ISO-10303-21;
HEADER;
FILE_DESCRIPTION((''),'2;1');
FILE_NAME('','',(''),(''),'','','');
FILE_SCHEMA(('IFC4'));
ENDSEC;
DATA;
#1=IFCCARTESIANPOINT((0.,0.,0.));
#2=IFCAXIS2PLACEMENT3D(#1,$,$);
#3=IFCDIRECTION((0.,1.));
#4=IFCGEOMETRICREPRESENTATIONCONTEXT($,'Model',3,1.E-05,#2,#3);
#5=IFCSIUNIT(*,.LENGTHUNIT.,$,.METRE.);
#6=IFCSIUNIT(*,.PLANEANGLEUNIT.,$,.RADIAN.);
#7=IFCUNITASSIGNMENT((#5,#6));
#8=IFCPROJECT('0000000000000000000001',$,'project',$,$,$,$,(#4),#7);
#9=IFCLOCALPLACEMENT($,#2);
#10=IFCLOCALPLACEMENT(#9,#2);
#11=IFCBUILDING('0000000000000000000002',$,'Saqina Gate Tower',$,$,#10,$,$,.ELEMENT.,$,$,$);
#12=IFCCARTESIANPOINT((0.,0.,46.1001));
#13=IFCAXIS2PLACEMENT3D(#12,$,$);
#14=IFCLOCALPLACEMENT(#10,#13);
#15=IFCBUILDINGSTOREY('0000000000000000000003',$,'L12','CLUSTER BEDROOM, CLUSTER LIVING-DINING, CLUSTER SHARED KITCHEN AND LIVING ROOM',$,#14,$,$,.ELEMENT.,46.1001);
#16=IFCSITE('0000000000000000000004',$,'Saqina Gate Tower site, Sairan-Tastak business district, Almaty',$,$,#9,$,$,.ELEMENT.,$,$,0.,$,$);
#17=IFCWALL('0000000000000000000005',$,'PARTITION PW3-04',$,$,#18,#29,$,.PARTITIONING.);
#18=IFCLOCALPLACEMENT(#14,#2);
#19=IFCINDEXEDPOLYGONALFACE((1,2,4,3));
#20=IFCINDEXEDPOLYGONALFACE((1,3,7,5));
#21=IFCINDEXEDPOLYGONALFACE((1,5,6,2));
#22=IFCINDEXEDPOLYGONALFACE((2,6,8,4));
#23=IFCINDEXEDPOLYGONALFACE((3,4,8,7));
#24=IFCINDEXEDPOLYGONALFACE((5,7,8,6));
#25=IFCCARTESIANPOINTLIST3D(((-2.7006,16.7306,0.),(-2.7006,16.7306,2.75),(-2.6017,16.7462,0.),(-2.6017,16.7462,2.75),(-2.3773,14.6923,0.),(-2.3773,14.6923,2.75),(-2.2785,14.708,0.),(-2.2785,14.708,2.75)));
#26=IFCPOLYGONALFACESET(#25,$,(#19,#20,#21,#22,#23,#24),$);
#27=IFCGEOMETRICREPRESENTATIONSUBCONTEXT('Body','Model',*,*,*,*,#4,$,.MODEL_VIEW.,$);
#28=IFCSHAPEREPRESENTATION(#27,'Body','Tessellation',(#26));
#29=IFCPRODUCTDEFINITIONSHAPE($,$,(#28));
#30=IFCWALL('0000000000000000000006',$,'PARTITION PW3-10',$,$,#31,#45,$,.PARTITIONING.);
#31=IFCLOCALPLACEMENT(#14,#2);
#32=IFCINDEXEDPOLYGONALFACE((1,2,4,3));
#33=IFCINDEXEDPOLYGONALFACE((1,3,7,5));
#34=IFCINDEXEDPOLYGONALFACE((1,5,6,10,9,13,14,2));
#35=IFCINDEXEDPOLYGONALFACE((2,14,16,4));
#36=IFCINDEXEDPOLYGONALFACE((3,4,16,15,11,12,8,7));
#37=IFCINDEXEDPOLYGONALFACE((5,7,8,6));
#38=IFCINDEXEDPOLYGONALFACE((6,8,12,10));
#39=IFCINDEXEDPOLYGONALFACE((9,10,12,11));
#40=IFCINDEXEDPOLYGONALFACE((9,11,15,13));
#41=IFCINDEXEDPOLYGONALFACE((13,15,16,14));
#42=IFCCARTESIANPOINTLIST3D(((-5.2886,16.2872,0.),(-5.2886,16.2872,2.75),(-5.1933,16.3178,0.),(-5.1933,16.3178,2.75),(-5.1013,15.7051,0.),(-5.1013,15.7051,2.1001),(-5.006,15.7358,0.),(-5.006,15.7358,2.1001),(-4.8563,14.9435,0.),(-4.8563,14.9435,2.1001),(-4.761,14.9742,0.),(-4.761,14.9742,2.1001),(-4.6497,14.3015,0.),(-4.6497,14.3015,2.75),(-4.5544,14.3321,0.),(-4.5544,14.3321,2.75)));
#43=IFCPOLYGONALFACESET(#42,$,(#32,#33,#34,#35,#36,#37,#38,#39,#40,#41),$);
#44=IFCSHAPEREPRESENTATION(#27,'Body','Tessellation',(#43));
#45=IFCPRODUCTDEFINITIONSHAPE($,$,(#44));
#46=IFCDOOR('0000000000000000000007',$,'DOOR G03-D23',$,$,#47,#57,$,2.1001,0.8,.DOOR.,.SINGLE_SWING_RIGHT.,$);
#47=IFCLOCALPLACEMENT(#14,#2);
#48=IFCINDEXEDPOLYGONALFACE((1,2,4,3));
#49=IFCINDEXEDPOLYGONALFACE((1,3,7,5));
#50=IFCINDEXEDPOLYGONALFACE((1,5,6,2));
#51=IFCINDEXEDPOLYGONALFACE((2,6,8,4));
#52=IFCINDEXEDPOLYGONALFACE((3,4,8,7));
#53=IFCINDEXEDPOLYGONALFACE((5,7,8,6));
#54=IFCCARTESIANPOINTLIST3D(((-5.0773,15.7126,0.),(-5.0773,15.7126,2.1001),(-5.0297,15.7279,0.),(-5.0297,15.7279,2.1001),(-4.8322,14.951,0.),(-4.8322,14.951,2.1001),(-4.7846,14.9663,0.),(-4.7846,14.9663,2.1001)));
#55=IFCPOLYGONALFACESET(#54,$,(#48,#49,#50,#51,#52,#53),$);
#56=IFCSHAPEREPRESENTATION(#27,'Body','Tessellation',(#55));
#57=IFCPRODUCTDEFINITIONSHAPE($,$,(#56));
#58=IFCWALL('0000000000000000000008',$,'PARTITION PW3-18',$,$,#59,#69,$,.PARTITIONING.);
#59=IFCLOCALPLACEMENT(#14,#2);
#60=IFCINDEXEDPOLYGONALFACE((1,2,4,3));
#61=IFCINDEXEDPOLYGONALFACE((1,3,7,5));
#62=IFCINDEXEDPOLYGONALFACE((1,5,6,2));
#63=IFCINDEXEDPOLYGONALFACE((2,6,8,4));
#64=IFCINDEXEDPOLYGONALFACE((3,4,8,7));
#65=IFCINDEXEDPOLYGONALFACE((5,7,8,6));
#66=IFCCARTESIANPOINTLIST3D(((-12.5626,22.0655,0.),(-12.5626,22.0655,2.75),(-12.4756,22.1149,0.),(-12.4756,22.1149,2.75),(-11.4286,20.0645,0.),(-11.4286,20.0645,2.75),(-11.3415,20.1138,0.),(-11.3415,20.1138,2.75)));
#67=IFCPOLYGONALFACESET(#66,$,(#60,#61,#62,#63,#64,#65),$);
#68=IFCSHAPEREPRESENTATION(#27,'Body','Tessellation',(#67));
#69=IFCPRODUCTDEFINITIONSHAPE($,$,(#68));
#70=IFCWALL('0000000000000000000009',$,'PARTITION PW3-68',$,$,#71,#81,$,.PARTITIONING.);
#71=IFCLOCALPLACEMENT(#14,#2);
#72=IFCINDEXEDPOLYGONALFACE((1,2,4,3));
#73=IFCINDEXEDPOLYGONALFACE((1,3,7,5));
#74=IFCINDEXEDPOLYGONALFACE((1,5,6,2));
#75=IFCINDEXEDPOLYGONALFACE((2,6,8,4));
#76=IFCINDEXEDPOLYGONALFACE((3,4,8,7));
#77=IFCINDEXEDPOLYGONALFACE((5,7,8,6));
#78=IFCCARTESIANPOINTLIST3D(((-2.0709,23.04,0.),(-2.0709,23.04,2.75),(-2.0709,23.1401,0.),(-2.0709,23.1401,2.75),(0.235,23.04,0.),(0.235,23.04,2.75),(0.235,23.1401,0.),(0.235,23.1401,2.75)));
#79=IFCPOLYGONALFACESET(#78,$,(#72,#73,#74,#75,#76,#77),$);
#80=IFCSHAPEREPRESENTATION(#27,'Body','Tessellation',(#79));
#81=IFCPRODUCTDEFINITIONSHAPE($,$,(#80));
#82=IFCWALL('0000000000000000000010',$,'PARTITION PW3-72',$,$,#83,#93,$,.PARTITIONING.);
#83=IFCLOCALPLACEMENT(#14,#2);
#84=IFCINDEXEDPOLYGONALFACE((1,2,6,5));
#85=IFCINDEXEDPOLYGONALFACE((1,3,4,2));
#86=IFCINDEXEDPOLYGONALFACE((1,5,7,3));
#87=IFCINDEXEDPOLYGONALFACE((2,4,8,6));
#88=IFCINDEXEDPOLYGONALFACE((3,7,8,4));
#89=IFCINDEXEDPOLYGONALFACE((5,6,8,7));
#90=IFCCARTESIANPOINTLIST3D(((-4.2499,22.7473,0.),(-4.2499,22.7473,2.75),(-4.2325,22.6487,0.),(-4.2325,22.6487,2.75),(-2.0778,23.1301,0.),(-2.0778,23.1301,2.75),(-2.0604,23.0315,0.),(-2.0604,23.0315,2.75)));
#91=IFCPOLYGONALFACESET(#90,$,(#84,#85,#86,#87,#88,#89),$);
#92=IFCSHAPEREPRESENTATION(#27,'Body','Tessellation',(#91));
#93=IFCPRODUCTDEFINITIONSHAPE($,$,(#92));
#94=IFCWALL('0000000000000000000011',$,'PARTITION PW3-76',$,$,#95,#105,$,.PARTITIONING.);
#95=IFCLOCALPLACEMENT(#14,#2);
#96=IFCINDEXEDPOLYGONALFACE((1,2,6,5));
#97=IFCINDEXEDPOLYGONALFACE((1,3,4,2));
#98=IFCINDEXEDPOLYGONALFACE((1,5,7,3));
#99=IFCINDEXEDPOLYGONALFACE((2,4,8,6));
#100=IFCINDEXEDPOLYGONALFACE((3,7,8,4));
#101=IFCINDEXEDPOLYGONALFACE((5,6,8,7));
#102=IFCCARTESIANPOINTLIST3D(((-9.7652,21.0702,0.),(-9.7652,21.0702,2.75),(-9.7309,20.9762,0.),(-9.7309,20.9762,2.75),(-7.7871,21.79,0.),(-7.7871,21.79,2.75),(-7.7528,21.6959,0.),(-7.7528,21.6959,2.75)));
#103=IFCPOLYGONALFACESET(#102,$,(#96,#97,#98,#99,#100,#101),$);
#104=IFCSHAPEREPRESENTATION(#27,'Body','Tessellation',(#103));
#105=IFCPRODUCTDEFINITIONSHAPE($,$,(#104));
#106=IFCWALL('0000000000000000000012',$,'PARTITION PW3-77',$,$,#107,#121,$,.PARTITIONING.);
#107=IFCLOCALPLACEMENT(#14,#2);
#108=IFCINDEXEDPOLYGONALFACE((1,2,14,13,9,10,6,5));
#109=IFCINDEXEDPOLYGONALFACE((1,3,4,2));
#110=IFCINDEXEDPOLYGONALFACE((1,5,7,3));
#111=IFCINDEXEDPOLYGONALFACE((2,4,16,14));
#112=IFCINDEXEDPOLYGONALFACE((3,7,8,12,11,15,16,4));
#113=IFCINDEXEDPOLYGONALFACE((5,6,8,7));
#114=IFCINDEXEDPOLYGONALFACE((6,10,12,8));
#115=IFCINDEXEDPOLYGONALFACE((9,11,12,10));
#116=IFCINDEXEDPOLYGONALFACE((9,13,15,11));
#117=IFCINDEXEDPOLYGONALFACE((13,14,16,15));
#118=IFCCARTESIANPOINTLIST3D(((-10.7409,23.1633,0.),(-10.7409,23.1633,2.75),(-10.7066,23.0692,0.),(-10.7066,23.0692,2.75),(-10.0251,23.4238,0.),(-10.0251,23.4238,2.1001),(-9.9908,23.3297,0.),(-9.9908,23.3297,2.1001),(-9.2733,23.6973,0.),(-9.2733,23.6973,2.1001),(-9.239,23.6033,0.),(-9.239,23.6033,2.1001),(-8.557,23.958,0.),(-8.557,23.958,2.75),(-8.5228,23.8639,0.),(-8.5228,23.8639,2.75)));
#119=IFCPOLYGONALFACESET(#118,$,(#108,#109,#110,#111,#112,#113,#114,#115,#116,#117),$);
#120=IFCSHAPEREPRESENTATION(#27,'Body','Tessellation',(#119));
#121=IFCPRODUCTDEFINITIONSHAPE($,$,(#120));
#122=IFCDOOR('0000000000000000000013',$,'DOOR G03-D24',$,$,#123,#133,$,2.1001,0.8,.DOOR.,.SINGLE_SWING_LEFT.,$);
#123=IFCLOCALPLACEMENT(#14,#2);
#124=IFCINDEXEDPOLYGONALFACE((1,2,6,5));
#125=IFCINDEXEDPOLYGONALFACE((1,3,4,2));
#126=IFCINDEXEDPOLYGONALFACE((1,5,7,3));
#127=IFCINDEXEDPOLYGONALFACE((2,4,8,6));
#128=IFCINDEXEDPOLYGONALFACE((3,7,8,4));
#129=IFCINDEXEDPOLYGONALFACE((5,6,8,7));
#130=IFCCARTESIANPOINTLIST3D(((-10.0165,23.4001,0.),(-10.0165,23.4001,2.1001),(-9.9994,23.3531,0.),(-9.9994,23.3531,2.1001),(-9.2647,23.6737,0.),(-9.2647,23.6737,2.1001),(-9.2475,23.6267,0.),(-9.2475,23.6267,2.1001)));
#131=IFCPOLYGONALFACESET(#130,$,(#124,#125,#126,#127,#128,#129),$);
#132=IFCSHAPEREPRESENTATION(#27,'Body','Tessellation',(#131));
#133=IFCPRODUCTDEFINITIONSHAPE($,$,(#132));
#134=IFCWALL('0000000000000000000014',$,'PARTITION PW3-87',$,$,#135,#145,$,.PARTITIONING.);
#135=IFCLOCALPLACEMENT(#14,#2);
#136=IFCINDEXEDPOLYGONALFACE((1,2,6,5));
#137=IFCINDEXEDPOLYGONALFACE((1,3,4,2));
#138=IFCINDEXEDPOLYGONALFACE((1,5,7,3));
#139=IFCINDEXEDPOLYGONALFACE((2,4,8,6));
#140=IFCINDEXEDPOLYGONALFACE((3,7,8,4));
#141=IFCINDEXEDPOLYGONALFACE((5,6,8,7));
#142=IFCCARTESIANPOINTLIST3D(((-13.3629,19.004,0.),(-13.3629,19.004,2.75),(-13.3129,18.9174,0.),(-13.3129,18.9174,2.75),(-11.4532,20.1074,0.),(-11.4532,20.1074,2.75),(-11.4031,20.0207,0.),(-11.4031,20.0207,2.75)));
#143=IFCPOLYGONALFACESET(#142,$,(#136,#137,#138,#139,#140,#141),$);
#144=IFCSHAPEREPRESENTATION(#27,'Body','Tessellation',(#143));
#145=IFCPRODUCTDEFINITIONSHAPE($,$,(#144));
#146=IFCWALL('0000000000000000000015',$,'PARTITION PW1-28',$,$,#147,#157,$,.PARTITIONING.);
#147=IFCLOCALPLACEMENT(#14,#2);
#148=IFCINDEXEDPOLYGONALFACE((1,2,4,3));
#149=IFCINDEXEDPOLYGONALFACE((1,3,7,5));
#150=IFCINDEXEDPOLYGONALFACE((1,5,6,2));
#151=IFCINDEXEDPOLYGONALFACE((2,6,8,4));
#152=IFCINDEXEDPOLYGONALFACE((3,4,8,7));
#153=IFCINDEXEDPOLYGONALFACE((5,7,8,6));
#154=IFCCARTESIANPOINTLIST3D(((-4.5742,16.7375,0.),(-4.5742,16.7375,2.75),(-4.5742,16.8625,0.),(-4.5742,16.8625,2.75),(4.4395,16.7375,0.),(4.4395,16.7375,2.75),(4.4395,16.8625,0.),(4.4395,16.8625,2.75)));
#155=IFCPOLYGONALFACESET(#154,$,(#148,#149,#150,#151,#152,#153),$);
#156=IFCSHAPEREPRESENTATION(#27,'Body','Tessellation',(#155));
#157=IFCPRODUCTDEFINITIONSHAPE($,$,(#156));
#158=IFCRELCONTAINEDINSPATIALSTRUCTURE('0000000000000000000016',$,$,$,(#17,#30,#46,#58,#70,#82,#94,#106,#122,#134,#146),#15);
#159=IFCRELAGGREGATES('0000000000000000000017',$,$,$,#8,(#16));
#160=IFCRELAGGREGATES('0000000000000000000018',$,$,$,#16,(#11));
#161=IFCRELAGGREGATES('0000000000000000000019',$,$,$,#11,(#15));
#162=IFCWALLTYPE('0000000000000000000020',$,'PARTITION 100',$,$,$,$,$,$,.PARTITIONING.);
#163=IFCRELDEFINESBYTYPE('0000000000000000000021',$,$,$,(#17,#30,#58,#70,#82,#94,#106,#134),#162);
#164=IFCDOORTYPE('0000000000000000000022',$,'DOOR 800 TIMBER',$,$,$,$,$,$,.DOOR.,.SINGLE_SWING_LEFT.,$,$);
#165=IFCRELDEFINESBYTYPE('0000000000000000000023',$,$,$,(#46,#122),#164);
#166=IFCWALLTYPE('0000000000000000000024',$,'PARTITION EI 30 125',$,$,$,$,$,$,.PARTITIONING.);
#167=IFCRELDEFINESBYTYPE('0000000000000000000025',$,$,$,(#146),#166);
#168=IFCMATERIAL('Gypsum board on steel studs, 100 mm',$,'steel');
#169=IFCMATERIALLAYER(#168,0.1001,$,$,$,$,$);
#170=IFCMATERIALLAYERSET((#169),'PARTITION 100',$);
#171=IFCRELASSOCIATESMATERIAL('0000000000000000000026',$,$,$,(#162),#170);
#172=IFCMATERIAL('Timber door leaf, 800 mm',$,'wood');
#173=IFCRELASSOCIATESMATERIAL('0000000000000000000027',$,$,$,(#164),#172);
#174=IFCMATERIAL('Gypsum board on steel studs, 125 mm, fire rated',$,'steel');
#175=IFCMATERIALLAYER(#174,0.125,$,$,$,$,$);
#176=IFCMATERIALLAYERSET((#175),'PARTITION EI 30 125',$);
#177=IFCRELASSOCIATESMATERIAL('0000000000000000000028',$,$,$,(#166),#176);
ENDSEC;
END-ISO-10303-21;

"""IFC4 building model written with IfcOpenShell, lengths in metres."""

from ifc_helpers import new_model, si_unit, direction, frame, frame_2d, origin, place, context, subcontext, project, spatial, rectangle, extrude, material, layer, layer_set, type_object, element, fill, save


model = new_model("IFC4")

# Units and contexts
model_context = context("Model", 3, precision=1e-05, world=origin(), true_north=direction((0.0, 1.0)))
body_context = subcontext(model_context, "Body", "Model", "MODEL_VIEW")
ifc_project = project(units=[si_unit("LENGTHUNIT", "METRE"), si_unit("PLANEANGLEUNIT", "RADIAN")], contexts=[model_context])

# Site, building, storey
site_placement = place(None, origin())
site = spatial("IfcSite", under=ifc_project, at=site_placement, Name="Saqina Gate Tower site, Sairan-Tastak business district, Almaty", CompositionType="ELEMENT", RefElevation=0.0)
building_placement = place(site_placement, origin())
building = spatial("IfcBuilding", under=site, at=building_placement, Name="Saqina Gate Tower", CompositionType="ELEMENT")
storey_placement = place(building_placement, frame((0.0, 0.0, 46.1001)))
storey = spatial("IfcBuildingStorey", under=building, at=storey_placement, Name="L12", Description="CLUSTER BEDROOM, CLUSTER LIVING-DINING, CLUSTER SHARED KITCHEN AND LIVING ROOM", CompositionType="ELEMENT", Elevation=46.1001)

# Wall
ifc_material_1 = material(Name="Gypsum board on steel studs, 100 mm", Category="steel")
ifc_layer_1 = layer(ifc_material_1, 0.1001)
ifc_layer_set_1 = layer_set([ifc_layer_1], Name="PARTITION 100")
wall_type_1 = type_object("IfcWallType", Name="PARTITION 100", PredefinedType="PARTITIONING", material=ifc_layer_set_1)
wall_1_placement = place(storey_placement, frame((-2.6511, 16.7383, 0.0), z_axis=(0.0, 0.0, 1.0), x_axis=(0.156625, -0.987658, 0.0)))
element("IfcWall", 1, at=wall_1_placement, inside=storey, type_object=wall_type_1, Name="PARTITION PW3-04", PredefinedType="PARTITIONING", context=body_context, shape_type="SweptSolid", body=[
    extrude(rectangle(XDim=2.0637, YDim=0.1001, at=frame_2d((1.0317, 0.0))), origin(), (0.0, 0.0, 1.0), 2.75),
])

# Wall, opening, door
wall_2_placement = place(storey_placement, frame((-5.241, 16.3025, 0.0), z_axis=(0.0, 0.0, 1.0), x_axis=(0.306308, -0.951932, 0.0)))
wall_2 = element("IfcWall", 2, at=wall_2_placement, inside=storey, type_object=wall_type_1, Name="PARTITION PW3-10", PredefinedType="PARTITIONING", context=body_context, shape_type="SweptSolid", body=[
    extrude(rectangle(XDim=2.0859, YDim=0.1001, at=frame_2d((1.043, 0.0))), origin(), (0.0, 0.0, 1.0), 2.75),
])
opening_1_placement = place(wall_2_placement, frame((0.6116, 0.0, 0.0)))
opening_1 = element("IfcOpeningElement", 3, at=opening_1_placement, cuts=wall_2, PredefinedType="OPENING", context=body_context, shape_type="SweptSolid", body=[
    extrude(rectangle(XDim=0.8, YDim=2.1001, at=frame_2d((0.3999, 1.05))), frame((0.0, 0.062, 0.0), z_axis=(0.0, -1.0, 0.0), x_axis=(1.0, 0.0, 0.0)), (0.0, 0.0, 1.0), 0.124),
])
ifc_material_2 = material(Name="Timber door leaf, 800 mm", Category="wood")
door_type_1 = type_object("IfcDoorType", Name="DOOR 800 TIMBER", OperationType="SINGLE_SWING_LEFT", PredefinedType="DOOR", material=ifc_material_2)
door_1_placement = place(opening_1_placement, frame((0.8, 0.0, 0.0), z_axis=(0.0, 0.0, 1.0), x_axis=(-1.0, 0.0, 0.0)))
door_1 = element("IfcDoor", 4, at=door_1_placement, inside=storey, type_object=door_type_1, Name="DOOR G03-D23", OperationType="SINGLE_SWING_RIGHT", OverallHeight=2.1001, OverallWidth=0.8, PredefinedType="DOOR", context=body_context, shape_type="SweptSolid", body=[
    extrude(rectangle(XDim=0.8, YDim=2.1001, at=frame_2d((0.3999, 1.05))), frame((0.0, 0.0249, 0.0), z_axis=(0.0, -1.0, 0.0), x_axis=(1.0, 0.0, 0.0)), (0.0, 0.0, 1.0), 0.05),
])
fill(opening_1, door_1)

# Walls
wall_3_placement = place(storey_placement, frame((-12.519, 22.0901, 0.0), z_axis=(0.0, 0.0, 1.0), x_axis=(0.493061, -0.869995, 0.0)))
element("IfcWall", 5, at=wall_3_placement, inside=storey, type_object=wall_type_1, Name="PARTITION PW3-18", PredefinedType="PARTITIONING", context=body_context, shape_type="SweptSolid", body=[
    extrude(rectangle(XDim=2.3, YDim=0.1001, at=frame_2d((1.1499, 0.0))), origin(), (0.0, 0.0, 1.0), 2.75),
])
wall_4_placement = place(storey_placement, frame((-2.0708, 23.0901, 0.0), z_axis=(0.0, 0.0, 1.0), x_axis=(1.0, 0.0, 0.0)))
element("IfcWall", 6, at=wall_4_placement, inside=storey, type_object=wall_type_1, Name="PARTITION PW3-68", PredefinedType="PARTITIONING", context=body_context, shape_type="SweptSolid", body=[
    extrude(rectangle(XDim=2.3059, YDim=0.1001, at=frame_2d((1.1528, 0.0))), origin(), (0.0, 0.0, 1.0), 2.75),
])
wall_5_placement = place(storey_placement, frame((-4.2412, 22.698, 0.0), z_axis=(0.0, 0.0, 1.0), x_axis=(0.984823, 0.173564, 0.0)))
element("IfcWall", 7, at=wall_5_placement, inside=storey, type_object=wall_type_1, Name="PARTITION PW3-72", PredefinedType="PARTITIONING", context=body_context, shape_type="SweptSolid", body=[
    extrude(rectangle(XDim=2.2056, YDim=0.1001, at=frame_2d((1.1028, 0.0))), origin(), (0.0, 0.0, 1.0), 2.75),
])
wall_6_placement = place(storey_placement, frame((-9.748, 21.0232, 0.0), z_axis=(0.0, 0.0, 1.0), x_axis=(0.939726, 0.341929, 0.0)))
element("IfcWall", 8, at=wall_6_placement, inside=storey, type_object=wall_type_1, Name="PARTITION PW3-76", PredefinedType="PARTITIONING", context=body_context, shape_type="SweptSolid", body=[
    extrude(rectangle(XDim=2.105, YDim=0.1001, at=frame_2d((1.0525, 0.0))), origin(), (0.0, 0.0, 1.0), 2.75),
])

# Wall, opening, door
wall_7_placement = place(storey_placement, frame((-10.7239, 23.1162, 0.0), z_axis=(0.0, 0.0, 1.0), x_axis=(0.939717, 0.341954, 0.0)))
wall_7 = element("IfcWall", 9, at=wall_7_placement, inside=storey, type_object=wall_type_1, Name="PARTITION PW3-77", PredefinedType="PARTITIONING", context=body_context, shape_type="SweptSolid", body=[
    extrude(rectangle(XDim=2.324, YDim=0.1001, at=frame_2d((1.1621, 0.0))), origin(), (0.0, 0.0, 1.0), 2.75),
])
opening_2_placement = place(wall_7_placement, frame((0.762, 0.0, 0.0)))
opening_2 = element("IfcOpeningElement", 10, at=opening_2_placement, cuts=wall_7, PredefinedType="OPENING", context=body_context, shape_type="SweptSolid", body=[
    extrude(rectangle(XDim=0.8, YDim=2.1001, at=frame_2d((0.3999, 1.05))), frame((0.0, 0.062, 0.0), z_axis=(0.0, -1.0, 0.0), x_axis=(1.0, 0.0, 0.0)), (0.0, 0.0, 1.0), 0.124),
])
door_2_placement = place(opening_2_placement, origin())
door_2 = element("IfcDoor", 11, at=door_2_placement, inside=storey, type_object=door_type_1, Name="DOOR G03-D24", OperationType="SINGLE_SWING_LEFT", OverallHeight=2.1001, OverallWidth=0.8, PredefinedType="DOOR", context=body_context, shape_type="SweptSolid", body=[
    extrude(rectangle(XDim=0.8, YDim=2.1001, at=frame_2d((0.3999, 1.05))), frame((0.0, 0.0249, 0.0), z_axis=(0.0, -1.0, 0.0), x_axis=(1.0, 0.0, 0.0)), (0.0, 0.0, 1.0), 0.05),
])
fill(opening_2, door_2)

# Walls
wall_8_placement = place(storey_placement, frame((-13.3379, 18.9607, 0.0), z_axis=(0.0, 0.0, 1.0), x_axis=(0.865883, 0.500246, 0.0)))
element("IfcWall", 12, at=wall_8_placement, inside=storey, type_object=wall_type_1, Name="PARTITION PW3-87", PredefinedType="PARTITIONING", context=body_context, shape_type="SweptSolid", body=[
    extrude(rectangle(XDim=2.2056, YDim=0.1001, at=frame_2d((1.1028, 0.0))), origin(), (0.0, 0.0, 1.0), 2.75),
])
ifc_material_3 = material(Name="Gypsum board on steel studs, 125 mm, fire rated", Category="steel")
ifc_layer_2 = layer(ifc_material_3, 0.125)
ifc_layer_set_2 = layer_set([ifc_layer_2], Name="PARTITION EI 30 125")
wall_type_2 = type_object("IfcWallType", Name="PARTITION EI 30 125", PredefinedType="PARTITIONING", material=ifc_layer_set_2)
wall_9_placement = place(storey_placement, frame((-4.5742, 16.8, 0.0), z_axis=(0.0, 0.0, 1.0), x_axis=(1.0, 0.0, 0.0)))
element("IfcWall", 13, at=wall_9_placement, inside=storey, type_object=wall_type_2, Name="PARTITION PW1-28", PredefinedType="PARTITIONING", context=body_context, shape_type="SweptSolid", body=[
    extrude(rectangle(XDim=9.0137, YDim=0.125, at=frame_2d((4.5068, 0.0))), origin(), (0.0, 0.0, 1.0), 2.75),
])

save(model, "model.ifc")
